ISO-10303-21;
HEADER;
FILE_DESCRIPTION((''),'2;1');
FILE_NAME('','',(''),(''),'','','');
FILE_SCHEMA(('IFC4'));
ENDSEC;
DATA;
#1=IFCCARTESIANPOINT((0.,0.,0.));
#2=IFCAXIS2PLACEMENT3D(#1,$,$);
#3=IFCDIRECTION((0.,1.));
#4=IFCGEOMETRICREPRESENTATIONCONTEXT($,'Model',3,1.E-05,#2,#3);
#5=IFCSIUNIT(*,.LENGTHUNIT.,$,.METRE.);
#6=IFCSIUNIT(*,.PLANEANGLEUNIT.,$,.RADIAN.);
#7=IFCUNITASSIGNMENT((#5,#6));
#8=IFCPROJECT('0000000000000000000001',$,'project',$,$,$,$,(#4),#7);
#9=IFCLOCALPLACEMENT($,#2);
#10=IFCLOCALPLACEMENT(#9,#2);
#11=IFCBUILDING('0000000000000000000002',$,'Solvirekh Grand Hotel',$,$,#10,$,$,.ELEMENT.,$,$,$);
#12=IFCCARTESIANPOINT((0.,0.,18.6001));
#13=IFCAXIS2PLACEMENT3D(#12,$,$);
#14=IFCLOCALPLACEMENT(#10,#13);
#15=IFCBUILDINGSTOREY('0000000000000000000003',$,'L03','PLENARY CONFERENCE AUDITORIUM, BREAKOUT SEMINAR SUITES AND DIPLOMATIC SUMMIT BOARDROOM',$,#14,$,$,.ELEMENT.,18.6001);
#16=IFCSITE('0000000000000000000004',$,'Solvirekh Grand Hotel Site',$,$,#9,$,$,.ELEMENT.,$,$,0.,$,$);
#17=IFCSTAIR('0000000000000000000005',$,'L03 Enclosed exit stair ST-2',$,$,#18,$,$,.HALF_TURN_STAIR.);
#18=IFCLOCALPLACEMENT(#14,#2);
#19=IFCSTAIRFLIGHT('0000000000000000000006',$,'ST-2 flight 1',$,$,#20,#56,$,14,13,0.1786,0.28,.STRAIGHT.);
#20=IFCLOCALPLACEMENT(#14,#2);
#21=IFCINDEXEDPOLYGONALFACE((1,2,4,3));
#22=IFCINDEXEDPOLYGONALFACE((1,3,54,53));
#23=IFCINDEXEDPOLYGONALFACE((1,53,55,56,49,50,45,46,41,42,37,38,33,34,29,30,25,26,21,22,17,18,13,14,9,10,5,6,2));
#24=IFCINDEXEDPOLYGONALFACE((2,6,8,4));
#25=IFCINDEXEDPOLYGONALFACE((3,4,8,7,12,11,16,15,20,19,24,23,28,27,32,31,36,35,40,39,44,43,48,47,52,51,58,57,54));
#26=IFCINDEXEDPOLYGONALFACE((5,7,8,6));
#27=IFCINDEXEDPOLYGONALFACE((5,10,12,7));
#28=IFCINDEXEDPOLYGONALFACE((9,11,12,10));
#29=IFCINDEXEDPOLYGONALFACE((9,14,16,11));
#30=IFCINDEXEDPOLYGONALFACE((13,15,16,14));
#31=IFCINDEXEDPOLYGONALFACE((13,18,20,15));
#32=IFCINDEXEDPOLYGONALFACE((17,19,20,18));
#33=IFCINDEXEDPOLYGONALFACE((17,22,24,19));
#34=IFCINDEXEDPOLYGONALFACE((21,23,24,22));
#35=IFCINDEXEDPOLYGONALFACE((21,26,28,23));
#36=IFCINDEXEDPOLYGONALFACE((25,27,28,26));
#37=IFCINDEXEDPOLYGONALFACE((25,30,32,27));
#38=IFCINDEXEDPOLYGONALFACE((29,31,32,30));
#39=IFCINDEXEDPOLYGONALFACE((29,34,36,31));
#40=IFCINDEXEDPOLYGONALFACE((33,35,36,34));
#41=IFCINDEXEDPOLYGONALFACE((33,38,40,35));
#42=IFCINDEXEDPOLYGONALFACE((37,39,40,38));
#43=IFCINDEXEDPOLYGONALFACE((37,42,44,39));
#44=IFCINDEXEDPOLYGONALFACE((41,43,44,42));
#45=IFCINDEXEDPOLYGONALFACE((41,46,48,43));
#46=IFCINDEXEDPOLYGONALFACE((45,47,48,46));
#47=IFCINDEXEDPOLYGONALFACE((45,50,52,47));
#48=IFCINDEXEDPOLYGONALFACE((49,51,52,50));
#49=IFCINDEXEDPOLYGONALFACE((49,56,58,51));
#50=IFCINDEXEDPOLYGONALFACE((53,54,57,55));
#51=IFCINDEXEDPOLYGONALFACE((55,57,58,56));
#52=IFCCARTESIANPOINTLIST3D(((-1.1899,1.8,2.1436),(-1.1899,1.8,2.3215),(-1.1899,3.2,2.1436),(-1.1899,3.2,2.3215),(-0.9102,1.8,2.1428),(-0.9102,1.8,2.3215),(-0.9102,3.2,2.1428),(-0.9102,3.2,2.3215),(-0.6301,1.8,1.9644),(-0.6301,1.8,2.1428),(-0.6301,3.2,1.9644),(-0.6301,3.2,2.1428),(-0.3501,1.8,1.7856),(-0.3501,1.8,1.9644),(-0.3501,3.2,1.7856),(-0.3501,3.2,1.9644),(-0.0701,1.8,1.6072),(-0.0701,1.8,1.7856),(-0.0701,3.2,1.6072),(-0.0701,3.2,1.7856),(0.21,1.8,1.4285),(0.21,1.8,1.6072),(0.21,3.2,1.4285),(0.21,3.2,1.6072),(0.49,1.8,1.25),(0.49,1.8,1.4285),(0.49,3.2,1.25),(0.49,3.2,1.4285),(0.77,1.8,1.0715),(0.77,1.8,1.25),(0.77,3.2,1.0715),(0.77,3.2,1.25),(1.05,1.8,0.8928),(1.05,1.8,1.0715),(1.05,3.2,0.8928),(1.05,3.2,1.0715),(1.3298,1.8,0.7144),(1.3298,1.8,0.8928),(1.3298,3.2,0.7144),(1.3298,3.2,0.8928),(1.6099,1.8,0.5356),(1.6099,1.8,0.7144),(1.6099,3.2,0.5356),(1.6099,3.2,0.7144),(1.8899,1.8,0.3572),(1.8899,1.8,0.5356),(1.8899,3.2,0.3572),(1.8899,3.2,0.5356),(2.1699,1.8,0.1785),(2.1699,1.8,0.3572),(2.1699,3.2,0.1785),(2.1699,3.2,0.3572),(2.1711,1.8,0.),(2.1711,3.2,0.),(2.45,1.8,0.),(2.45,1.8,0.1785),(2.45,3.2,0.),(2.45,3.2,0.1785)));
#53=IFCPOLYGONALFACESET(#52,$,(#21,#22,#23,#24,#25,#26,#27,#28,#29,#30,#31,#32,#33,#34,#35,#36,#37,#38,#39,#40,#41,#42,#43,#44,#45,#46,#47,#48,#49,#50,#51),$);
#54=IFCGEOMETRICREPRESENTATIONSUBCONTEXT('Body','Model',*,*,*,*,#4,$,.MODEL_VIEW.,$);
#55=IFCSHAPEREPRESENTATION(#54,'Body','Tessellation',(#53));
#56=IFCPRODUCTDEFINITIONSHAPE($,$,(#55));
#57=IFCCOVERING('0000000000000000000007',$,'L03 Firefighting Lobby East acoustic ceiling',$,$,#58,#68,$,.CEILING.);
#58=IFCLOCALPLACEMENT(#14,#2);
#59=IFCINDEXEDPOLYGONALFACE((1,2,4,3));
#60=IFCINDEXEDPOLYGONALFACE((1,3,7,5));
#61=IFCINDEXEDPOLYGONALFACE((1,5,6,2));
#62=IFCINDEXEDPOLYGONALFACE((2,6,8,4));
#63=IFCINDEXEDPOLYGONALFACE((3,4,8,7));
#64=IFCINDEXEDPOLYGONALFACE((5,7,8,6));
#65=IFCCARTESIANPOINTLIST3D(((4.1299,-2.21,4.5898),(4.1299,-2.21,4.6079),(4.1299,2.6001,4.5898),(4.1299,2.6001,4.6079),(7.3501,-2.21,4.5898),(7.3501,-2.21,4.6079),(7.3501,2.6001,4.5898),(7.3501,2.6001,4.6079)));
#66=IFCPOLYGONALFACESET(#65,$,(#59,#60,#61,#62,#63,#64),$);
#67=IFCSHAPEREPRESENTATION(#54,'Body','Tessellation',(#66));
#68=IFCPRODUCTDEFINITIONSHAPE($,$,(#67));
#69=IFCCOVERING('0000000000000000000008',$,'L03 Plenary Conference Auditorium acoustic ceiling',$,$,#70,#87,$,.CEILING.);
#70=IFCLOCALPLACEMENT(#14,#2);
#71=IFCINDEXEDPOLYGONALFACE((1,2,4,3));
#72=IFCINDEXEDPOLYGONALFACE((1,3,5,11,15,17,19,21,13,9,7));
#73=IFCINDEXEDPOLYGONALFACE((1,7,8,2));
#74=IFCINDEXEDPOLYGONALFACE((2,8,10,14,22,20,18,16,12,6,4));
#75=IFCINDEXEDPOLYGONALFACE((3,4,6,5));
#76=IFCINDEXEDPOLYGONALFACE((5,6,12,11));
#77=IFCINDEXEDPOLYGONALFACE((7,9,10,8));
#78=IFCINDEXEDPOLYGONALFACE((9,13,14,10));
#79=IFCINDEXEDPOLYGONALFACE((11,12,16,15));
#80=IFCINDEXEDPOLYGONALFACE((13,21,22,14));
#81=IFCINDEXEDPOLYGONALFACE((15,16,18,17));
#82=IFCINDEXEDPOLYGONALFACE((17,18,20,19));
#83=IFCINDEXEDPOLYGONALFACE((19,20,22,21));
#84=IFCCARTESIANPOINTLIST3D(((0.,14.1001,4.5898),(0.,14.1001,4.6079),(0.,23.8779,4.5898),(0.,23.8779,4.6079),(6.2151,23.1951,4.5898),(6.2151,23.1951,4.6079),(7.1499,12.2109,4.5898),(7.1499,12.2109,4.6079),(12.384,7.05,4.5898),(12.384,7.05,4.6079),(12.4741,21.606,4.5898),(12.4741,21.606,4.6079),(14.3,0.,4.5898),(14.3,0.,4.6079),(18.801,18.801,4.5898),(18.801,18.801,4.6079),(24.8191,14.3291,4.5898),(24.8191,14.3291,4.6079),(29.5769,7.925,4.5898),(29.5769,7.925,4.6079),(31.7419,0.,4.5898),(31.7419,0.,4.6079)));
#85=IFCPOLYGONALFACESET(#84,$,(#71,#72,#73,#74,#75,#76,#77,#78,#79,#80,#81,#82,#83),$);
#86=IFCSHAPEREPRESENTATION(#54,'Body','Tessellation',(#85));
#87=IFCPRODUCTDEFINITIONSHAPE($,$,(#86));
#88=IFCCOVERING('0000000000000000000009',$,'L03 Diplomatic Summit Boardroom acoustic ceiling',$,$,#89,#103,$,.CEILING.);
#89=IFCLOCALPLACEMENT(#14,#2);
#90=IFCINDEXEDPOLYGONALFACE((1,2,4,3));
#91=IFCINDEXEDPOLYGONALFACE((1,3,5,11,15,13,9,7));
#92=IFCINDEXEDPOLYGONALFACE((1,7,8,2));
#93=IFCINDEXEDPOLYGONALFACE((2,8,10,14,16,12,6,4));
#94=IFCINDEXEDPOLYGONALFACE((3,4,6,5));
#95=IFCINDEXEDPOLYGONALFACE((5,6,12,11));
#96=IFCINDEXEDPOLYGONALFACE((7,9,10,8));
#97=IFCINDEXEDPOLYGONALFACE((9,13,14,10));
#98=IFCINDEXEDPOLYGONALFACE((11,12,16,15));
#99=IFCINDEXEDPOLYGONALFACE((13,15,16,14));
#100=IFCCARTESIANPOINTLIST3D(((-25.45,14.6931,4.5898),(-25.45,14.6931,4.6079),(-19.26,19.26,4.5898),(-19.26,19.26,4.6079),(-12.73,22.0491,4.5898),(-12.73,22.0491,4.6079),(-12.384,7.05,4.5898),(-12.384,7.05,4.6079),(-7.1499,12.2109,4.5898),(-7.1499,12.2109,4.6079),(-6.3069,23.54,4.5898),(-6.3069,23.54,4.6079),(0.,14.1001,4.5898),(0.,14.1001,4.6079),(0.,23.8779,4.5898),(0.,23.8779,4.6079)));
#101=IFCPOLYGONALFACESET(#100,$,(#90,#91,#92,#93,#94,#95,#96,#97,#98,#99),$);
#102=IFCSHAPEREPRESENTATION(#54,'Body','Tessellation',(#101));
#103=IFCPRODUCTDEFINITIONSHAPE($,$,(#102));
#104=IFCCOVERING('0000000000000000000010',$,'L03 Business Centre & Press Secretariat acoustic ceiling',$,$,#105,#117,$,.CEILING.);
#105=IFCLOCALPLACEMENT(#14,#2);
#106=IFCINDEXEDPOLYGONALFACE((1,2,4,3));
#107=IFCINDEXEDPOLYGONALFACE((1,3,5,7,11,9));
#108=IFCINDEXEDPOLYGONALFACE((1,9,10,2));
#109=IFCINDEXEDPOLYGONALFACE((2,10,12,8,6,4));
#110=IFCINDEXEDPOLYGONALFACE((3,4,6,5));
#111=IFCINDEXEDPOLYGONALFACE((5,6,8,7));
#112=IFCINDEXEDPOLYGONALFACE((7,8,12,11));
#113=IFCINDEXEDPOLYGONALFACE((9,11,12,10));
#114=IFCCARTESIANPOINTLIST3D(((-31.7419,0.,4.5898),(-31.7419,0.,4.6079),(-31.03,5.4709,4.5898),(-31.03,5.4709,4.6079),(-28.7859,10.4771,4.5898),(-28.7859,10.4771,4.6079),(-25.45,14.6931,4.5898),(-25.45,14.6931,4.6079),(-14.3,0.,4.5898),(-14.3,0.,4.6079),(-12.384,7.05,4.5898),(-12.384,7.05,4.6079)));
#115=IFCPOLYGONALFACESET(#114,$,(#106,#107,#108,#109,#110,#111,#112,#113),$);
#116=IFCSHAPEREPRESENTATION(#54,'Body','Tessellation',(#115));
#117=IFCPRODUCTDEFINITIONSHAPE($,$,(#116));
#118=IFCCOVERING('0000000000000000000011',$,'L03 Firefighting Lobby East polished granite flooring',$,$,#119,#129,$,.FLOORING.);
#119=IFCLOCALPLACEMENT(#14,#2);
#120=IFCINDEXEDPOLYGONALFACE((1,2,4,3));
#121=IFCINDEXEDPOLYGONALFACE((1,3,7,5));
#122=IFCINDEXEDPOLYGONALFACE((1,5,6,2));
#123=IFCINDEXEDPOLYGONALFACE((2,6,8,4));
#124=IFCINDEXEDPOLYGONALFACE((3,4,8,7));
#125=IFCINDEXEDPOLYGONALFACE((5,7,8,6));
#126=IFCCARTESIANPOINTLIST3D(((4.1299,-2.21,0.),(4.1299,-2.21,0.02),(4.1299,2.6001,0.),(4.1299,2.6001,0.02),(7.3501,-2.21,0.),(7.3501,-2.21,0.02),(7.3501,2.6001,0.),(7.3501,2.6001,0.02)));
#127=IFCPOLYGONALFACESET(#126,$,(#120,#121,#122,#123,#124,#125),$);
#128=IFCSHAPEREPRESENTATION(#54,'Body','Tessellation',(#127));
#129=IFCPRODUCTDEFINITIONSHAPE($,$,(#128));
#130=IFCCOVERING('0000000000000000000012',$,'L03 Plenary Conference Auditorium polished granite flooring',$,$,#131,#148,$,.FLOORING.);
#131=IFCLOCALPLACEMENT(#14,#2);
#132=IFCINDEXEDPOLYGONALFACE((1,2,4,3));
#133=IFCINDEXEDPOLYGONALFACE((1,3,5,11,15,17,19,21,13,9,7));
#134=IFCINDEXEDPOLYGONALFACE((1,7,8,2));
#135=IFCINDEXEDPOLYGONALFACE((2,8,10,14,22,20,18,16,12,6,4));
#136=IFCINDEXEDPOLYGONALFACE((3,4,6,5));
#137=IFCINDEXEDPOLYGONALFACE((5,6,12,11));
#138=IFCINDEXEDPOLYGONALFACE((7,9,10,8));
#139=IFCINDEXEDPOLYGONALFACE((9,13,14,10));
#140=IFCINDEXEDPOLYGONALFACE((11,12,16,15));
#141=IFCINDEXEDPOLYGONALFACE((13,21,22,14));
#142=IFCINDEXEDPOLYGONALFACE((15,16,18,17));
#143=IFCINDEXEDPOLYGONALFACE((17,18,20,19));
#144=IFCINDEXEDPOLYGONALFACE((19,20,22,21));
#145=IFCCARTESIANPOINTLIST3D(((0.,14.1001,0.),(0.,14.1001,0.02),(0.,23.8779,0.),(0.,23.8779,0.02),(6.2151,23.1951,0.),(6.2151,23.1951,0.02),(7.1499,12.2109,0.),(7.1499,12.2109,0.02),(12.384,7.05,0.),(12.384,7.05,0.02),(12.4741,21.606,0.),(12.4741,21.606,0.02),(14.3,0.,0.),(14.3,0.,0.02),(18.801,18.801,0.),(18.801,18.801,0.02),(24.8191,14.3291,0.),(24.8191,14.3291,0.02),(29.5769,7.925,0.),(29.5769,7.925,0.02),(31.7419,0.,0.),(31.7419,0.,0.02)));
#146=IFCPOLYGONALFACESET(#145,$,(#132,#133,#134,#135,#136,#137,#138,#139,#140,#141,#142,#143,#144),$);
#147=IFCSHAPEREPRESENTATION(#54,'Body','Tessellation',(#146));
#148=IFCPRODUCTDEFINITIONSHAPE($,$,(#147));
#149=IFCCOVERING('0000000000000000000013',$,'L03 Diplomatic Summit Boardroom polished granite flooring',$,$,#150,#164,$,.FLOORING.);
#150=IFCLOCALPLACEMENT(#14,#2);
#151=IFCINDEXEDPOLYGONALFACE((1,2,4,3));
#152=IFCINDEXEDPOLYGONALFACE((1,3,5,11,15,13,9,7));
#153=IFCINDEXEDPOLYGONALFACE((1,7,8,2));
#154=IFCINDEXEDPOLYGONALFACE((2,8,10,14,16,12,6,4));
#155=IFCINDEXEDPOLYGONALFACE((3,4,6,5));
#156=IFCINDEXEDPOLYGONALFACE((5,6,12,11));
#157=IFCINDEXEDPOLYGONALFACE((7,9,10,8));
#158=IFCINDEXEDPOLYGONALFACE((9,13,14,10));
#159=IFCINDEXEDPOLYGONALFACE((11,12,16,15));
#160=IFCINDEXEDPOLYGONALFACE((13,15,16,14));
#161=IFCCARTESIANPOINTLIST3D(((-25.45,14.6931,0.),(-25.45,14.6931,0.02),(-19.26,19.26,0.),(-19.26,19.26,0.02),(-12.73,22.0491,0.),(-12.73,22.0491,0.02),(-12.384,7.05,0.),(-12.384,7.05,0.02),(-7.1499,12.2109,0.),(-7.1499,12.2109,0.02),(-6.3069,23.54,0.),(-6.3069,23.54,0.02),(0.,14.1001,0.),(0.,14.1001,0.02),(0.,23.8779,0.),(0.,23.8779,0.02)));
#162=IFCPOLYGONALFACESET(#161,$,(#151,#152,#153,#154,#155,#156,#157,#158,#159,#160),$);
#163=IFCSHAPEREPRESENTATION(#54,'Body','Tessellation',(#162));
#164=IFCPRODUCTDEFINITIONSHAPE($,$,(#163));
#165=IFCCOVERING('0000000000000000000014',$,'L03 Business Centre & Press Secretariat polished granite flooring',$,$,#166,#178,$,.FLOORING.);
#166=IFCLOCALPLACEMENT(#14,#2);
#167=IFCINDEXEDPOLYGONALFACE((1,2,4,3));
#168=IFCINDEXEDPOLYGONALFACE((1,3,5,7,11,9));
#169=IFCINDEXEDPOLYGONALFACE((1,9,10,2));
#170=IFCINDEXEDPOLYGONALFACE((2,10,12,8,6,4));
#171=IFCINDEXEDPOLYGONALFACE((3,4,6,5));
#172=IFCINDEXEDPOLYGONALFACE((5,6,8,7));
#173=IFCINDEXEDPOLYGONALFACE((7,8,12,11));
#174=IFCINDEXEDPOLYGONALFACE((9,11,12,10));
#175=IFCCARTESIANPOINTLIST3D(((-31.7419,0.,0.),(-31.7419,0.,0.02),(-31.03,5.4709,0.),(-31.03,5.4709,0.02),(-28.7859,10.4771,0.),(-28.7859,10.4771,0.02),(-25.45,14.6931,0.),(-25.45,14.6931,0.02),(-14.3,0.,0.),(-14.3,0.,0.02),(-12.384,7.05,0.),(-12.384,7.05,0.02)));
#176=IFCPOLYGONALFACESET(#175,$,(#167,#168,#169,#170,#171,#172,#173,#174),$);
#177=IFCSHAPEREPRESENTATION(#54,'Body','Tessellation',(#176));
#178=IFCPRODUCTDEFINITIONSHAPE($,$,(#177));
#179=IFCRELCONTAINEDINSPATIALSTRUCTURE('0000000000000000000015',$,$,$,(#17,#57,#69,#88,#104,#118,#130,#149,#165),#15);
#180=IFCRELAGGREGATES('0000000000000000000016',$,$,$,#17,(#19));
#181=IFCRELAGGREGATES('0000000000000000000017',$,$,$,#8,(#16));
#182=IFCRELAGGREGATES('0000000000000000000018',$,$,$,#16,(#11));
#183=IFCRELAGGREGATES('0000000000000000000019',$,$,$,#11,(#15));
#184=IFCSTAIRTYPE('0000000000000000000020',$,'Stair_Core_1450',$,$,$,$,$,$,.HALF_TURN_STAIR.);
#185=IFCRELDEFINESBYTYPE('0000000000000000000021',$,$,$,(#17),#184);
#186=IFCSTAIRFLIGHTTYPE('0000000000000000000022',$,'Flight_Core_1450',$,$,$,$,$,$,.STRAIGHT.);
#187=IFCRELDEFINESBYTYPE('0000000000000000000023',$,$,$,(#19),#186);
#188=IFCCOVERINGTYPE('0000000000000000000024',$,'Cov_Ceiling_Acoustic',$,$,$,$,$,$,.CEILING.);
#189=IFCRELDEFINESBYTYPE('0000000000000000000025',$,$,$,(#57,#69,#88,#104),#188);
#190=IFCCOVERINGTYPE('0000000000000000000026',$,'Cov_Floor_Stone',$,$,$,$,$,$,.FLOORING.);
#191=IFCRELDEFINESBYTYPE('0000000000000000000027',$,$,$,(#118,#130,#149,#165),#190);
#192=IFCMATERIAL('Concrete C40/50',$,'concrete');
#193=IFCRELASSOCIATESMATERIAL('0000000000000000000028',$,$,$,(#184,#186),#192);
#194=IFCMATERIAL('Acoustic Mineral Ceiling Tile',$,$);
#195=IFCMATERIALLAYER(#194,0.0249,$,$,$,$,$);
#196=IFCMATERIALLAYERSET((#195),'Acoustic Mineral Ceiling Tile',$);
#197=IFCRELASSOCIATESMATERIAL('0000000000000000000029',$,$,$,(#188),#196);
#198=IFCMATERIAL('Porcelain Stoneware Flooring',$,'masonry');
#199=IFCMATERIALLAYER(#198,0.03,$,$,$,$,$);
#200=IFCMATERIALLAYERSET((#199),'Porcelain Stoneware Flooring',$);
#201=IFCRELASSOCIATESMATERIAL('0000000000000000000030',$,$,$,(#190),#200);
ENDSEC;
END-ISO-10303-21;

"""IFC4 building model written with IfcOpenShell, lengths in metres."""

from ifc_helpers import new_model, si_unit, direction, frame, origin, place, context, subcontext, project, spatial, polyline, outline, extrude, material, layer, layer_set, type_object, element, aggregate, save


model = new_model("IFC4")

# Units and contexts
model_context = context("Model", 3, precision=1e-05, world=origin(), true_north=direction((0.0, 1.0)))
body_context = subcontext(model_context, "Body", "Model", "MODEL_VIEW")
ifc_project = project(units=[si_unit("LENGTHUNIT", "METRE"), si_unit("PLANEANGLEUNIT", "RADIAN")], contexts=[model_context])

# Site, building, storey
site_placement = place(None, origin())
site = spatial("IfcSite", under=ifc_project, at=site_placement, Name="Solvirekh Grand Hotel Site", CompositionType="ELEMENT", RefElevation=0.0)
building_placement = place(site_placement, origin())
building = spatial("IfcBuilding", under=site, at=building_placement, Name="Solvirekh Grand Hotel", CompositionType="ELEMENT")
storey_placement = place(building_placement, frame((0.0, 0.0, 18.6001)))
storey = spatial("IfcBuildingStorey", under=building, at=storey_placement, Name="L03", Description="PLENARY CONFERENCE AUDITORIUM, BREAKOUT SEMINAR SUITES AND DIPLOMATIC SUMMIT BOARDROOM", CompositionType="ELEMENT", Elevation=18.6001)

# Shared definitions
ifc_material_1 = material(Name="Concrete C40/50", Category="concrete")

# Stair, stair flight
stair_type = type_object("IfcStairType", Name="Stair_Core_1450", PredefinedType="HALF_TURN_STAIR", material=ifc_material_1)
stair_placement = place(storey_placement, origin())
stair = element("IfcStair", 1, at=stair_placement, inside=storey, type_object=stair_type, Name="L03 Enclosed exit stair ST-2", PredefinedType="HALF_TURN_STAIR")
stair_flight_type = type_object("IfcStairFlightType", Name="Flight_Core_1450", PredefinedType="STRAIGHT", material=ifc_material_1)
stair_flight_placement = place(storey_placement, frame((2.45, 2.5, 0.0), z_axis=(0.0, 0.0, 1.0), x_axis=(-1.0, 0.0, 0.0)))
stair_flight = element("IfcStairFlight", 2, at=stair_flight_placement, type_object=stair_flight_type, Name="ST-2 flight 1", NumberOfRisers=14, NumberOfTreads=13, PredefinedType="STRAIGHT", RiserHeight=0.1786, TreadLength=0.28, context=body_context, shape_type="SweptSolid", body=[
    extrude(outline(polyline([(0.0, 0.0), (0.0, 0.1785), (0.28, 0.1785), (0.28, 0.3572), (0.5601, 0.3572), (0.5601, 0.5356), (0.8401, 0.5356), (0.8401, 0.7144), (1.1201, 0.7144), (1.1201, 0.8928), (1.3999, 0.8928), (1.3999, 1.0715), (1.6799, 1.0715), (1.6799, 1.25), (1.96, 1.25), (1.96, 1.4285), (2.24, 1.4285), (2.24, 1.6072), (2.52, 1.6072), (2.52, 1.7856), (2.8, 1.7856), (2.8, 1.9644), (3.0801, 1.9644), (3.0801, 2.1428), (3.3601, 2.1428), (3.3601, 2.3215), (3.6399, 2.3215), (3.6399, 2.5), (3.6399, 2.1436), (0.2788, 0.0), (0.0, 0.0)])), frame((0.0, 0.7, 0.0), z_axis=(0.0, -1.0, 0.0), x_axis=(1.0, 0.0, 0.0)), (0.0, 0.0, 1.0), 1.3999),
])
aggregate(stair, [stair_flight])

# Coverings
ifc_material_2 = material(Name="Acoustic Mineral Ceiling Tile")
ifc_layer_1 = layer(ifc_material_2, 0.0249)
ifc_layer_set_1 = layer_set([ifc_layer_1], Name="Acoustic Mineral Ceiling Tile")
covering_type_1 = type_object("IfcCoveringType", Name="Cov_Ceiling_Acoustic", PredefinedType="CEILING", material=ifc_layer_set_1)
covering_1_placement = place(storey_placement, frame((0.0, 0.0, 4.5898)))
element("IfcCovering", 3, at=covering_1_placement, inside=storey, type_object=covering_type_1, Name="L03 Firefighting Lobby East acoustic ceiling", PredefinedType="CEILING", context=body_context, shape_type="SweptSolid", body=[
    extrude(outline(polyline([(4.1299, -2.21), (7.3501, -2.21), (7.3501, 2.6001), (4.1299, 2.6001), (4.1299, -2.21)])), origin(), (0.0, 0.0, 1.0), 0.0181),
])
covering_2_placement = place(storey_placement, frame((0.0, 0.0, 4.5898)))
element("IfcCovering", 4, at=covering_2_placement, inside=storey, type_object=covering_type_1, Name="L03 Plenary Conference Auditorium acoustic ceiling", PredefinedType="CEILING", context=body_context, shape_type="SweptSolid", body=[
    extrude(outline(polyline([(31.7419, 0.0), (29.5769, 7.925), (24.8191, 14.3291), (18.801, 18.801), (12.4741, 21.606), (6.2151, 23.1951), (0.0, 23.8779), (0.0, 14.1001), (7.1499, 12.2109), (12.384, 7.05), (14.3, 0.0), (31.7419, 0.0)])), origin(), (0.0, 0.0, 1.0), 0.0181),
])
covering_3_placement = place(storey_placement, frame((0.0, 0.0, 4.5898)))
element("IfcCovering", 5, at=covering_3_placement, inside=storey, type_object=covering_type_1, Name="L03 Diplomatic Summit Boardroom acoustic ceiling", PredefinedType="CEILING", context=body_context, shape_type="SweptSolid", body=[
    extrude(outline(polyline([(0.0, 23.8779), (-6.3069, 23.54), (-12.73, 22.0491), (-19.26, 19.26), (-25.45, 14.6931), (-12.384, 7.05), (-7.1499, 12.2109), (0.0, 14.1001), (0.0, 23.8779)])), origin(), (0.0, 0.0, 1.0), 0.0181),
])
covering_4_placement = place(storey_placement, frame((0.0, 0.0, 4.5898)))
element("IfcCovering", 6, at=covering_4_placement, inside=storey, type_object=covering_type_1, Name="L03 Business Centre & Press Secretariat acoustic ceiling", PredefinedType="CEILING", context=body_context, shape_type="SweptSolid", body=[
    extrude(outline(polyline([(-25.45, 14.6931), (-28.7859, 10.4771), (-31.03, 5.4709), (-31.7419, 0.0), (-14.3, 0.0), (-12.384, 7.05), (-25.45, 14.6931)])), origin(), (0.0, 0.0, 1.0), 0.0181),
])
ifc_material_3 = material(Name="Porcelain Stoneware Flooring", Category="masonry")
ifc_layer_2 = layer(ifc_material_3, 0.03)
ifc_layer_set_2 = layer_set([ifc_layer_2], Name="Porcelain Stoneware Flooring")
covering_type_2 = type_object("IfcCoveringType", Name="Cov_Floor_Stone", PredefinedType="FLOORING", material=ifc_layer_set_2)
covering_5_placement = place(storey_placement, origin())
element("IfcCovering", 7, at=covering_5_placement, inside=storey, type_object=covering_type_2, Name="L03 Firefighting Lobby East polished granite flooring", PredefinedType="FLOORING", context=body_context, shape_type="SweptSolid", body=[
    extrude(outline(polyline([(4.1299, -2.21), (7.3501, -2.21), (7.3501, 2.6001), (4.1299, 2.6001), (4.1299, -2.21)])), origin(), (0.0, 0.0, 1.0), 0.02),
])
covering_6_placement = place(storey_placement, origin())
element("IfcCovering", 8, at=covering_6_placement, inside=storey, type_object=covering_type_2, Name="L03 Plenary Conference Auditorium polished granite flooring", PredefinedType="FLOORING", context=body_context, shape_type="SweptSolid", body=[
    extrude(outline(polyline([(31.7419, 0.0), (29.5769, 7.925), (24.8191, 14.3291), (18.801, 18.801), (12.4741, 21.606), (6.2151, 23.1951), (0.0, 23.8779), (0.0, 14.1001), (7.1499, 12.2109), (12.384, 7.05), (14.3, 0.0), (31.7419, 0.0)])), origin(), (0.0, 0.0, 1.0), 0.02),
])
covering_7_placement = place(storey_placement, origin())
element("IfcCovering", 9, at=covering_7_placement, inside=storey, type_object=covering_type_2, Name="L03 Diplomatic Summit Boardroom polished granite flooring", PredefinedType="FLOORING", context=body_context, shape_type="SweptSolid", body=[
    extrude(outline(polyline([(0.0, 23.8779), (-6.3069, 23.54), (-12.73, 22.0491), (-19.26, 19.26), (-25.45, 14.6931), (-12.384, 7.05), (-7.1499, 12.2109), (0.0, 14.1001), (0.0, 23.8779)])), origin(), (0.0, 0.0, 1.0), 0.02),
])
covering_8_placement = place(storey_placement, origin())
element("IfcCovering", 10, at=covering_8_placement, inside=storey, type_object=covering_type_2, Name="L03 Business Centre & Press Secretariat polished granite flooring", PredefinedType="FLOORING", context=body_context, shape_type="SweptSolid", body=[
    extrude(outline(polyline([(-25.45, 14.6931), (-28.7859, 10.4771), (-31.03, 5.4709), (-31.7419, 0.0), (-14.3, 0.0), (-12.384, 7.05), (-25.45, 14.6931)])), origin(), (0.0, 0.0, 1.0), 0.02),
])

save(model, "model.ifc")
